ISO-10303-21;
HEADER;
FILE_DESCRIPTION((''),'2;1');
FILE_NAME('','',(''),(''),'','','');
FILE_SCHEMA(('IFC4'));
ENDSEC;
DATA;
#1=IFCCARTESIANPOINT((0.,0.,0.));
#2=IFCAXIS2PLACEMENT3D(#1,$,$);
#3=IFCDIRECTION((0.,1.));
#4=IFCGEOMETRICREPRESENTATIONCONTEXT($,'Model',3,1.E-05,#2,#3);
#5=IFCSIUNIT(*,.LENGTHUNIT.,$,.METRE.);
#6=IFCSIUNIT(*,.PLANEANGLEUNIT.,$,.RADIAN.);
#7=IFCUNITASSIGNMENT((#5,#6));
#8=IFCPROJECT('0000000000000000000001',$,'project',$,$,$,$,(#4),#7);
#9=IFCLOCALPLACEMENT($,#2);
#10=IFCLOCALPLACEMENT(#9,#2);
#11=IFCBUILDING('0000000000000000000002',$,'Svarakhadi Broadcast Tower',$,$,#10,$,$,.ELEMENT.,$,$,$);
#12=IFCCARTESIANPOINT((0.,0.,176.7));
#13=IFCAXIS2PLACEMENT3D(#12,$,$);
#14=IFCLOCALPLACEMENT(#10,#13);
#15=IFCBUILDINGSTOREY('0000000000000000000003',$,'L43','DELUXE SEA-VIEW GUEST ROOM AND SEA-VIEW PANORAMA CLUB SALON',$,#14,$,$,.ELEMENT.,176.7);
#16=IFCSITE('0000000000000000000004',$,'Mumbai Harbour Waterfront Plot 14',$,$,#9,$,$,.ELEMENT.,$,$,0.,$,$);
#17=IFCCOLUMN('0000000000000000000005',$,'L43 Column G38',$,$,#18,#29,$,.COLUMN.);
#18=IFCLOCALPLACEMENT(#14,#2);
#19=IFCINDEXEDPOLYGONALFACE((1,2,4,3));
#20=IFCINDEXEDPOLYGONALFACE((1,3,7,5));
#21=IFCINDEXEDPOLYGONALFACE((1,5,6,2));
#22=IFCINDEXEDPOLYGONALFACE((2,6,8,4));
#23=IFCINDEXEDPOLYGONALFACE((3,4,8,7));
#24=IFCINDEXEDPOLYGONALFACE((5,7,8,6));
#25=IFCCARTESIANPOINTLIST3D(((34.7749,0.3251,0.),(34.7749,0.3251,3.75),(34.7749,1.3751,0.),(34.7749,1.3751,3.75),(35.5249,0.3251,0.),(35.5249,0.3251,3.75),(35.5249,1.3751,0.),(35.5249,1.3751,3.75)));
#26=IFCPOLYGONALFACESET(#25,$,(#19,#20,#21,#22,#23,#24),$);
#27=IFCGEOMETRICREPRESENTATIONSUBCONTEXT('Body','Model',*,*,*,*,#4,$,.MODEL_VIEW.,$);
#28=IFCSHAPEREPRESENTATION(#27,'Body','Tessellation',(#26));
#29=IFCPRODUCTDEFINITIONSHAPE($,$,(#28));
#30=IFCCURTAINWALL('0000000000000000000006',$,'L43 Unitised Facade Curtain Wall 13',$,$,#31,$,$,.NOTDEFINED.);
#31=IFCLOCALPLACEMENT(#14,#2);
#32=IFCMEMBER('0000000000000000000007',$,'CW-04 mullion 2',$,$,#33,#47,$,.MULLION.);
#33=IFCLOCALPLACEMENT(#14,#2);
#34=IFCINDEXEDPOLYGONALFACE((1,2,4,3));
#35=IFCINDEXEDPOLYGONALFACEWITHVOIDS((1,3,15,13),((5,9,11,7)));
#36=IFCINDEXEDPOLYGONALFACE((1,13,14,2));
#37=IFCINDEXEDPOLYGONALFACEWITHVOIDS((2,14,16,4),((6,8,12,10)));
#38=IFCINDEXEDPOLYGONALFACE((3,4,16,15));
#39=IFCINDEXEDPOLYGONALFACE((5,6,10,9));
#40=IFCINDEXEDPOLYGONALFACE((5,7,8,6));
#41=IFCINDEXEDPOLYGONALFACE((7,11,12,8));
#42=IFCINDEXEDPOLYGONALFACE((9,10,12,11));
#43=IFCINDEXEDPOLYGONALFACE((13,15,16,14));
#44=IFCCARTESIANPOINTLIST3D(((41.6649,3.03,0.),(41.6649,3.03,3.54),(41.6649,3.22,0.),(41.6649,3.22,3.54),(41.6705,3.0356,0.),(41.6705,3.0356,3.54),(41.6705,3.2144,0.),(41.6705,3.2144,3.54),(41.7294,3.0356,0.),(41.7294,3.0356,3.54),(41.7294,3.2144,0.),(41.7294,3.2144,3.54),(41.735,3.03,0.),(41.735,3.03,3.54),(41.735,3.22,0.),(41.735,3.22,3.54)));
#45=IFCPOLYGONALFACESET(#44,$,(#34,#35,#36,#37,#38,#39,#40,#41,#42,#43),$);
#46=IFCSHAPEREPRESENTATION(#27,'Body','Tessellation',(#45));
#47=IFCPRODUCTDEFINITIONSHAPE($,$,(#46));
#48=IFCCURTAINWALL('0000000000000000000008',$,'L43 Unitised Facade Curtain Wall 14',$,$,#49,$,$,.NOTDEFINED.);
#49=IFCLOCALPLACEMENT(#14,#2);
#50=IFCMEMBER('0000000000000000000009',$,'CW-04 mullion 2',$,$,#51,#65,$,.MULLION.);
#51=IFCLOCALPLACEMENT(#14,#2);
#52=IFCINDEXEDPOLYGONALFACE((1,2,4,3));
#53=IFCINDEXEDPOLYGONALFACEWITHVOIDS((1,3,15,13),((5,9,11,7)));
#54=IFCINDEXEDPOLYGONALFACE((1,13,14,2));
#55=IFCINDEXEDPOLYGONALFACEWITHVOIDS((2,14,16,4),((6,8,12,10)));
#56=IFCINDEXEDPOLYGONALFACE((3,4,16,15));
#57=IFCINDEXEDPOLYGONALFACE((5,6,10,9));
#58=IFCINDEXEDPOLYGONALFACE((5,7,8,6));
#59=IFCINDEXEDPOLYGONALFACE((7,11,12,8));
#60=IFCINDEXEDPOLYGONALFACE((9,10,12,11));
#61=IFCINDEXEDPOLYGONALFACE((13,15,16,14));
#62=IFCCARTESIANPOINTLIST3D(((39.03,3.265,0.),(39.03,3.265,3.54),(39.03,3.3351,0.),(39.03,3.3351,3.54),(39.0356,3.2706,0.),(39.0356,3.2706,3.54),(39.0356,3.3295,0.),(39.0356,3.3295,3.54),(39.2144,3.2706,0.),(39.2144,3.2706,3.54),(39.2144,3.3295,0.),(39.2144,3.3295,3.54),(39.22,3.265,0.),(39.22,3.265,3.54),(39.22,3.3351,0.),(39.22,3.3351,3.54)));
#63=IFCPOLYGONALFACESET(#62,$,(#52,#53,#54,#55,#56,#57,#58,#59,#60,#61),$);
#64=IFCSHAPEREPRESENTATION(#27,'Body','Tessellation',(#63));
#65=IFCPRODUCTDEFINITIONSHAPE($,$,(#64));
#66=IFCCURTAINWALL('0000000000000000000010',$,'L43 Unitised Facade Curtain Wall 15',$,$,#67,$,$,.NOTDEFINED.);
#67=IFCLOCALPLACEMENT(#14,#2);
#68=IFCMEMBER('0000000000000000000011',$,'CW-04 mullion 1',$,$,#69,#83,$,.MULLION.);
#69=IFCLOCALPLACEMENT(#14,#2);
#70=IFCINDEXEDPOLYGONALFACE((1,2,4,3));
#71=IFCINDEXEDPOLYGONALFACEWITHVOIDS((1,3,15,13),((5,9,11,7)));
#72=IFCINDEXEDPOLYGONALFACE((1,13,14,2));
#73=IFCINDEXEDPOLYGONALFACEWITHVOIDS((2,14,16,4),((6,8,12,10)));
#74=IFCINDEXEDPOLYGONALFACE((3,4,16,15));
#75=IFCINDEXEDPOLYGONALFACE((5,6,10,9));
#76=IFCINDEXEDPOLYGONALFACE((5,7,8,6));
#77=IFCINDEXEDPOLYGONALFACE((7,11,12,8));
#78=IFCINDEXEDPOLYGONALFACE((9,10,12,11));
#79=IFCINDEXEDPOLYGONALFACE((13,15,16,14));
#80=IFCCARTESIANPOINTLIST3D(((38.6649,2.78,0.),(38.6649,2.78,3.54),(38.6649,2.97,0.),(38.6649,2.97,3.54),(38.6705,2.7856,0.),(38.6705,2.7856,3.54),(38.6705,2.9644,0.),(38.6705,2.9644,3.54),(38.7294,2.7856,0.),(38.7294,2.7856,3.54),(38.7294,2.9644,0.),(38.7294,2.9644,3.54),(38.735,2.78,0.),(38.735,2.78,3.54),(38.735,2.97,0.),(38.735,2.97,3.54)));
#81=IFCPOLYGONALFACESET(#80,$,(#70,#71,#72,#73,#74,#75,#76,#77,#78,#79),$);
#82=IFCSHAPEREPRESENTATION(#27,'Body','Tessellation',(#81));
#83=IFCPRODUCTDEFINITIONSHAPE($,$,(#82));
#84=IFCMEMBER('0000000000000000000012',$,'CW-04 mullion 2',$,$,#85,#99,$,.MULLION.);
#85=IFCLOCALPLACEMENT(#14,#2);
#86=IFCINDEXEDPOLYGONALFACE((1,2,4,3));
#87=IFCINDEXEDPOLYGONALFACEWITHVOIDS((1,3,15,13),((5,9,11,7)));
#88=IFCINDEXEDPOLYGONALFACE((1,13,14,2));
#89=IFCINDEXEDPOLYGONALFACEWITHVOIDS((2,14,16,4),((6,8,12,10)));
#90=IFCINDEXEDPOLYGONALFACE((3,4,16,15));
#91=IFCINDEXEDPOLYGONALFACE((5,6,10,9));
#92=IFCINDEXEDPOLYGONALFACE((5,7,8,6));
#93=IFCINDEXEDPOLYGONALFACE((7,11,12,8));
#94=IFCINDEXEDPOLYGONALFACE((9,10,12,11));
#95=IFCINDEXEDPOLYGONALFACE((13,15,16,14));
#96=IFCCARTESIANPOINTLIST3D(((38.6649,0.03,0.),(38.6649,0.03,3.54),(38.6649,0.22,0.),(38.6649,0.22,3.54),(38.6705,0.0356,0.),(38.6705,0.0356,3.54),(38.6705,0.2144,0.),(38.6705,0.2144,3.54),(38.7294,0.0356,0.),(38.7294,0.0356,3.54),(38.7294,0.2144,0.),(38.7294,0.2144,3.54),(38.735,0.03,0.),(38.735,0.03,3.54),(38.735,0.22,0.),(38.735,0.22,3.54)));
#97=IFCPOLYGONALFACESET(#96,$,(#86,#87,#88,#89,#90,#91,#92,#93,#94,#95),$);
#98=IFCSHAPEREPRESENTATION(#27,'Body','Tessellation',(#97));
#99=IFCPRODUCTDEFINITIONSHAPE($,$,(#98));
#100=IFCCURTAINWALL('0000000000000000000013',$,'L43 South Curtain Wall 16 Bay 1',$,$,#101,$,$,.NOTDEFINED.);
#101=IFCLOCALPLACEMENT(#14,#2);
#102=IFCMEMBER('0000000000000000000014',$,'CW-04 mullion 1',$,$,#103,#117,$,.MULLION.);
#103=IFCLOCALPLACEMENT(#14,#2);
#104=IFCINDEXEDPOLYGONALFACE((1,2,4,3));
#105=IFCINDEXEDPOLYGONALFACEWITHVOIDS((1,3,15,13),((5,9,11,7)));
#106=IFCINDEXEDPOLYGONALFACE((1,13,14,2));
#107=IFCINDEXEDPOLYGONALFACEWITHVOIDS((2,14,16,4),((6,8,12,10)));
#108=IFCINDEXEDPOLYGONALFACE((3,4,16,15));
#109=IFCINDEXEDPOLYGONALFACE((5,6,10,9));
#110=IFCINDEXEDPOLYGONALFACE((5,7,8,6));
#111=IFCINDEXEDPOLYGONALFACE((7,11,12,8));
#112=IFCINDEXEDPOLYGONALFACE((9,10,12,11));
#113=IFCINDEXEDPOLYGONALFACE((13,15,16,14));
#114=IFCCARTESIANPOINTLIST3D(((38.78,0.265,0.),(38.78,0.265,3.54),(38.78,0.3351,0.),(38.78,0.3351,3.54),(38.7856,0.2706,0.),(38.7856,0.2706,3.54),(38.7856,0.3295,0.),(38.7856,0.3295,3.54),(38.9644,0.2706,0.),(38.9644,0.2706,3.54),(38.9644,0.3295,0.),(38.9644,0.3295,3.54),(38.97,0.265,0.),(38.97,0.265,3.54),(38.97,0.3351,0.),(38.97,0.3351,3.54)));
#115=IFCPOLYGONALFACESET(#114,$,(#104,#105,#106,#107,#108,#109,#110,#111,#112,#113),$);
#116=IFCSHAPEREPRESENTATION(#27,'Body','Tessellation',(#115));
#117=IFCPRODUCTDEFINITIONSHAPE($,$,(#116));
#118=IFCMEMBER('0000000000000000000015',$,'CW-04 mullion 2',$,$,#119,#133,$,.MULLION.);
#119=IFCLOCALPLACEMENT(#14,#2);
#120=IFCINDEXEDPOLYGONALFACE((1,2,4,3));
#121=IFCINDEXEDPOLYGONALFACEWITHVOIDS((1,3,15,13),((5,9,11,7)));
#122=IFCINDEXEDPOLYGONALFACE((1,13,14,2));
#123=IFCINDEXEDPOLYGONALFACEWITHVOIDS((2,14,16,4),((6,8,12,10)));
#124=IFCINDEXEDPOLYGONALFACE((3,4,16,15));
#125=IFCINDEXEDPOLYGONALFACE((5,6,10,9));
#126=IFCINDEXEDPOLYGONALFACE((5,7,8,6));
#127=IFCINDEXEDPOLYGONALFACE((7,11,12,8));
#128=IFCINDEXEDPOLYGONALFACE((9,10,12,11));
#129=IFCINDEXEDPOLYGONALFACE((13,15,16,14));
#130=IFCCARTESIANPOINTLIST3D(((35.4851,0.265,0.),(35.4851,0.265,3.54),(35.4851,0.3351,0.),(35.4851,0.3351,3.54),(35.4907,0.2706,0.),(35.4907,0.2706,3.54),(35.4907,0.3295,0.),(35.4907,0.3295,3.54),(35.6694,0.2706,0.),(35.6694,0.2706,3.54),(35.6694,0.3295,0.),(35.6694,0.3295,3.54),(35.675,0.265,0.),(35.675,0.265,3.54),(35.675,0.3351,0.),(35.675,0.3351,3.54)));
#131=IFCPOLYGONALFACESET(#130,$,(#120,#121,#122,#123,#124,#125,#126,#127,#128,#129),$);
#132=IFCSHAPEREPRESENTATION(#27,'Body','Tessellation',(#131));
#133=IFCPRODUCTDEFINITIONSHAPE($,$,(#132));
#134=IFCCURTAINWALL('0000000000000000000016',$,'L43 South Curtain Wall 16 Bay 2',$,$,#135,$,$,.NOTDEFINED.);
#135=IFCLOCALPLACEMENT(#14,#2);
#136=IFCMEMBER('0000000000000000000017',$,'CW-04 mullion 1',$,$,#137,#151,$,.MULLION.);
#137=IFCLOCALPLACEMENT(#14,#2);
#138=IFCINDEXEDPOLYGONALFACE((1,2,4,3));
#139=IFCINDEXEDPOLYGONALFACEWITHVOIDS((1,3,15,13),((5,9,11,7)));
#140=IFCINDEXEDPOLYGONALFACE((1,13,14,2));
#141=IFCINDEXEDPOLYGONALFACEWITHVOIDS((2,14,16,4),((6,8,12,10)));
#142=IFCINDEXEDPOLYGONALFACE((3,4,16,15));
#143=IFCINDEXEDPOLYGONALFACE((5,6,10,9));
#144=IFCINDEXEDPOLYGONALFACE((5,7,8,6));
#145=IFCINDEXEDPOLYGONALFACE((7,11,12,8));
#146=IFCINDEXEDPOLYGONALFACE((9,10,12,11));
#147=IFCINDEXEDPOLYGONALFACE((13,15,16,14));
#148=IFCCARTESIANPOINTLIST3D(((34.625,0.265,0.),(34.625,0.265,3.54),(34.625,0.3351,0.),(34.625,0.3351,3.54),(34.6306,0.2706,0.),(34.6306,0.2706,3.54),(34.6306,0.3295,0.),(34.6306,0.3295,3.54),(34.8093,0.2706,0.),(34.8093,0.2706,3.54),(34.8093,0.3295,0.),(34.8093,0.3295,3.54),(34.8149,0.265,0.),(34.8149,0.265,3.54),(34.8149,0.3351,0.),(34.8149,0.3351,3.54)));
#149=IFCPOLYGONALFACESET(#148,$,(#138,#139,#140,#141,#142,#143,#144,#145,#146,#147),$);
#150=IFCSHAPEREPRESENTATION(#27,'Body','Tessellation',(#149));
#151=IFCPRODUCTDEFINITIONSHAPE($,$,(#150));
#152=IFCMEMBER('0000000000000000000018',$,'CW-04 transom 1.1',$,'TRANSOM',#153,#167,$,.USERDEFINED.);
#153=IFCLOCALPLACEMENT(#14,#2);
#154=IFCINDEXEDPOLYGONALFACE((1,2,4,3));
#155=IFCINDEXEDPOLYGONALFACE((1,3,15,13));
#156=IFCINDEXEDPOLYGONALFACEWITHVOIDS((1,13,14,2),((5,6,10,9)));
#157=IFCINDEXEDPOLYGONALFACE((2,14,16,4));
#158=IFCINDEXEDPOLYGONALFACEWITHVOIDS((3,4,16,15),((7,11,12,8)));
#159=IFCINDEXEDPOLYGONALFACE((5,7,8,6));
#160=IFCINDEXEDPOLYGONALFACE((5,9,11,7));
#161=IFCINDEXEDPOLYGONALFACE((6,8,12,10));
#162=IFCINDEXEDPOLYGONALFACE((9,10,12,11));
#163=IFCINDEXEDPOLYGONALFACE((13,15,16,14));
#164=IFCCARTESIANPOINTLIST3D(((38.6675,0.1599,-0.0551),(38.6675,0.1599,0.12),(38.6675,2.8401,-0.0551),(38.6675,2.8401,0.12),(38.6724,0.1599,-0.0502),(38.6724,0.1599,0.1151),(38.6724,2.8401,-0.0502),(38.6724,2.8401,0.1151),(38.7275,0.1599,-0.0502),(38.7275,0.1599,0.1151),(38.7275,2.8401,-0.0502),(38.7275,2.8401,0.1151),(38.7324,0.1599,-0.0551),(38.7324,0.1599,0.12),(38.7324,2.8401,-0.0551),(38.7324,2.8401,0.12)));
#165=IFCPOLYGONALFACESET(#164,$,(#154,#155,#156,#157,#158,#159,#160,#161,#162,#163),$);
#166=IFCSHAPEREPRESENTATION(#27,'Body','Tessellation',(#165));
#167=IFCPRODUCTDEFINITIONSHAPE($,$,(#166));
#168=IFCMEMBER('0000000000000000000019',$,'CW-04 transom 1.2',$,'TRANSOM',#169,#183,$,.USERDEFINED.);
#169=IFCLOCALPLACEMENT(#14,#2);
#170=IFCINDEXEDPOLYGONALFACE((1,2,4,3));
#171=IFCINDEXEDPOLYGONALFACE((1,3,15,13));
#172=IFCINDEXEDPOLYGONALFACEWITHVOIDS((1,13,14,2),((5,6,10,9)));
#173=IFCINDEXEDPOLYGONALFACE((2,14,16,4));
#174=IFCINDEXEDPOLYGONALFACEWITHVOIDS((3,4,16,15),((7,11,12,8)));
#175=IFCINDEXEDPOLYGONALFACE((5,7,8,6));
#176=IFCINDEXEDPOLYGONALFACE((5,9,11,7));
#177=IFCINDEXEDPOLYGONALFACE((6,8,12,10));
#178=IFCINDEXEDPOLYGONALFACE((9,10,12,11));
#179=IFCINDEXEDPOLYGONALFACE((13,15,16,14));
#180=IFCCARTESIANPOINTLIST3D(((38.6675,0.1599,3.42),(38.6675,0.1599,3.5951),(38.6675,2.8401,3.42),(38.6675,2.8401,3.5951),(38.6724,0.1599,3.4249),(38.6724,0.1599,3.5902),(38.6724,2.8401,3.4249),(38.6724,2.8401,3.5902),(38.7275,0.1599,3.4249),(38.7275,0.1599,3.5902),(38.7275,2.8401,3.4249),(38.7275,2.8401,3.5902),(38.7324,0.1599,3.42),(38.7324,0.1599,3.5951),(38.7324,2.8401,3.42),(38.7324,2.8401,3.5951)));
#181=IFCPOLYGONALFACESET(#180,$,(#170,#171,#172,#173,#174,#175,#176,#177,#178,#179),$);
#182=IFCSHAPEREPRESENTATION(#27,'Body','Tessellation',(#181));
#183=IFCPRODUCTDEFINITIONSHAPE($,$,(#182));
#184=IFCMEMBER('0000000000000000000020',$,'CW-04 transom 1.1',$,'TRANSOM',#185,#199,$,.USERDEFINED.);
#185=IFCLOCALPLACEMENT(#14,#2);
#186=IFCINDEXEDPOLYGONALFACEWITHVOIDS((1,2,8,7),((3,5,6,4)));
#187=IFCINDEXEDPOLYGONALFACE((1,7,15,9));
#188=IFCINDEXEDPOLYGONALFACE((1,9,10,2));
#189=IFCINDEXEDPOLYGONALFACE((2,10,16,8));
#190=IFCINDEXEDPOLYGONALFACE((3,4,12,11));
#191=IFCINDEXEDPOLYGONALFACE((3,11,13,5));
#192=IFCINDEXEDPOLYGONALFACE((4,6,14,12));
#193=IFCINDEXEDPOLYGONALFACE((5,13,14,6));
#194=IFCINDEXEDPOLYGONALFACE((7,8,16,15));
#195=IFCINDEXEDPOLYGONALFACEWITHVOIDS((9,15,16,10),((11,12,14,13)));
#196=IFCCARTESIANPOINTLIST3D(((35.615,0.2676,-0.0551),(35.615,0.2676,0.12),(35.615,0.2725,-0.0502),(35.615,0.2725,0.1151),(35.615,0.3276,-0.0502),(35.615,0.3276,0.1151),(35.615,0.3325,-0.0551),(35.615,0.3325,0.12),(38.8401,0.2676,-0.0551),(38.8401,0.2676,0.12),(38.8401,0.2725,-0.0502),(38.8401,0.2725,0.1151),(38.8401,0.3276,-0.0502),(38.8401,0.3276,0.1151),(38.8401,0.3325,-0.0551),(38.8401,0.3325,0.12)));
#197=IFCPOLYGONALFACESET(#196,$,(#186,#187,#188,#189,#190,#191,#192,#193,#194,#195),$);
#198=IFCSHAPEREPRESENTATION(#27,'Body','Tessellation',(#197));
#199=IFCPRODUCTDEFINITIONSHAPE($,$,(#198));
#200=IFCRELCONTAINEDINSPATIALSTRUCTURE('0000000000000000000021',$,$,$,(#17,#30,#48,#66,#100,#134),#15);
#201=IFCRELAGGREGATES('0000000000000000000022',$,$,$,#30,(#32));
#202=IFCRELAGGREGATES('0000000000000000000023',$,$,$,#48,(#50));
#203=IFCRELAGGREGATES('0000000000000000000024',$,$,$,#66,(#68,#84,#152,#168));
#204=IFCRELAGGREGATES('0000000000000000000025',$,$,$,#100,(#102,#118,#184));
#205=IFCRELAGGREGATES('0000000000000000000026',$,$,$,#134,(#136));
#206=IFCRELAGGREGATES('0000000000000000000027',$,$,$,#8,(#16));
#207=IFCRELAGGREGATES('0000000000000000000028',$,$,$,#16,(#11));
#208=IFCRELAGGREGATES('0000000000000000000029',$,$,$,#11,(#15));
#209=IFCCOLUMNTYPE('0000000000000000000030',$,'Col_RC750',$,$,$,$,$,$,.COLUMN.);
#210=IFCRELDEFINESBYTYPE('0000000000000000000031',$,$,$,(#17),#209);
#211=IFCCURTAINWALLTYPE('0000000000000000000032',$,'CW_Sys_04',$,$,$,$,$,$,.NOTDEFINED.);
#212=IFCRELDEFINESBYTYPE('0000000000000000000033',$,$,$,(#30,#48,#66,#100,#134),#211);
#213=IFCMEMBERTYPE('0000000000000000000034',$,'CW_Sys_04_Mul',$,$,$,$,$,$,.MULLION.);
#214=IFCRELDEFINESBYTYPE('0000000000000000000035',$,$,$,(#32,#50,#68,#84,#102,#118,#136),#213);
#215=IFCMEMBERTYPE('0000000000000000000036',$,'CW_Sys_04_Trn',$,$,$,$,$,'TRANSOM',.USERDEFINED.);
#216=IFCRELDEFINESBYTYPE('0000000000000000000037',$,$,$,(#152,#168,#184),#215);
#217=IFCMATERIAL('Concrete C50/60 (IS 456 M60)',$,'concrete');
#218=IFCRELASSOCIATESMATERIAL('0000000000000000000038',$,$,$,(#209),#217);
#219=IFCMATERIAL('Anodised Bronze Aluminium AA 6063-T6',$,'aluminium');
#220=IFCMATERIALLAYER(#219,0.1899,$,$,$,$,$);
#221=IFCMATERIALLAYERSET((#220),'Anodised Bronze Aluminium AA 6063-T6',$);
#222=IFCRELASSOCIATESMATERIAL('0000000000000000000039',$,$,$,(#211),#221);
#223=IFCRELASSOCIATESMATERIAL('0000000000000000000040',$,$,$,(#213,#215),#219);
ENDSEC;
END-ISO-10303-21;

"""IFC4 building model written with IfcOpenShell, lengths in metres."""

from ifc_helpers import new_model, si_unit, direction, frame, origin, origin_2d, place, context, subcontext, project, spatial, rectangle, hollow_rectangle, extrude, material, layer, layer_set, material_profile, profile_set, type_object, element, aggregate, save


model = new_model("IFC4")

# Units and contexts
model_context = context("Model", 3, precision=1e-05, world=origin(), true_north=direction((0.0, 1.0)))
body_context = subcontext(model_context, "Body", "Model", "MODEL_VIEW")
ifc_project = project(units=[si_unit("LENGTHUNIT", "METRE"), si_unit("PLANEANGLEUNIT", "RADIAN")], contexts=[model_context])

# Site, building, storey
site_placement = place(None, origin())
site = spatial("IfcSite", under=ifc_project, at=site_placement, Name="Mumbai Harbour Waterfront Plot 14", CompositionType="ELEMENT", RefElevation=0.0)
building_placement = place(site_placement, origin())
building = spatial("IfcBuilding", under=site, at=building_placement, Name="Svarakhadi Broadcast Tower", CompositionType="ELEMENT")
storey_placement = place(building_placement, frame((0.0, 0.0, 176.7)))
storey = spatial("IfcBuildingStorey", under=building, at=storey_placement, Name="L43", Description="DELUXE SEA-VIEW GUEST ROOM AND SEA-VIEW PANORAMA CLUB SALON", CompositionType="ELEMENT", Elevation=176.7)

# Column
ifc_material_1 = material(Name="Concrete C50/60 (IS 456 M60)", Category="concrete")
ifc_material_profile_1 = material_profile(ifc_material_1, rectangle(XDim=0.75, YDim=1.05, at=origin_2d()), Name="RC 750x1050")
ifc_profile_set_1 = profile_set([ifc_material_profile_1], Name="Concrete C50/60 (IS 456 M60)")
column_type = type_object("IfcColumnType", Name="Col_RC750", PredefinedType="COLUMN", material=ifc_profile_set_1)
column_placement = place(storey_placement, frame((35.1499, 0.8501, 0.0), z_axis=(0.0, 0.0, 1.0), x_axis=(1.0, 0.0, 0.0)))
element("IfcColumn", 1, at=column_placement, inside=storey, type_object=column_type, Name="L43 Column G38", PredefinedType="COLUMN", context=body_context, shape_type="SweptSolid", body=[
    extrude(rectangle(XDim=0.75, YDim=1.05, at=origin_2d()), origin(), (0.0, 0.0, 1.0), 3.75),
])

# Curtain walls, members
ifc_material_2 = material(Name="Anodised Bronze Aluminium AA 6063-T6", Category="aluminium")
ifc_layer_1 = layer(ifc_material_2, 0.1899)
ifc_layer_set_1 = layer_set([ifc_layer_1], Name="Anodised Bronze Aluminium AA 6063-T6")
curtain_wall_type = type_object("IfcCurtainWallType", Name="CW_Sys_04", PredefinedType="NOTDEFINED", material=ifc_layer_set_1)
curtain_wall_1_placement = place(storey_placement, origin())
curtain_wall_1 = element("IfcCurtainWall", 2, at=curtain_wall_1_placement, inside=storey, type_object=curtain_wall_type, Name="L43 Unitised Facade Curtain Wall 13", PredefinedType="NOTDEFINED")
ifc_material_profile_2 = material_profile(ifc_material_2, hollow_rectangle(XDim=0.0701, YDim=0.1899, WallThickness=0.0056, at=origin_2d()), Name="ALU MULLION 190x70x6")
ifc_profile_set_2 = profile_set([ifc_material_profile_2], Name="Anodised Bronze Aluminium AA 6063-T6")
member_type_1 = type_object("IfcMemberType", Name="CW_Sys_04_Mul", PredefinedType="MULLION", material=ifc_profile_set_2)
member_1_placement = place(storey_placement, frame((41.7, 3.125, 0.0), z_axis=(0.0, 0.0, 1.0), x_axis=(1.0, 0.0, 0.0)))
member_1 = element("IfcMember", 3, at=member_1_placement, type_object=member_type_1, Name="CW-04 mullion 2", PredefinedType="MULLION", context=body_context, shape_type="SweptSolid", body=[
    extrude(hollow_rectangle(XDim=0.0701, YDim=0.1899, WallThickness=0.0056, at=origin_2d()), origin(), (0.0, 0.0, 1.0), 3.54),
])
aggregate(curtain_wall_1, [member_1])
curtain_wall_2_placement = place(storey_placement, origin())
curtain_wall_2 = element("IfcCurtainWall", 4, at=curtain_wall_2_placement, inside=storey, type_object=curtain_wall_type, Name="L43 Unitised Facade Curtain Wall 14", PredefinedType="NOTDEFINED")
member_2_placement = place(storey_placement, frame((39.125, 3.3, 0.0), z_axis=(0.0, 0.0, 1.0), x_axis=(0.0, -1.0, 0.0)))
member_2 = element("IfcMember", 5, at=member_2_placement, type_object=member_type_1, Name="CW-04 mullion 2", PredefinedType="MULLION", context=body_context, shape_type="SweptSolid", body=[
    extrude(hollow_rectangle(XDim=0.0701, YDim=0.1899, WallThickness=0.0056, at=origin_2d()), origin(), (0.0, 0.0, 1.0), 3.54),
])
aggregate(curtain_wall_2, [member_2])

# Curtain walls, members
curtain_wall_3_placement = place(storey_placement, origin())
curtain_wall_3 = element("IfcCurtainWall", 6, at=curtain_wall_3_placement, inside=storey, type_object=curtain_wall_type, Name="L43 Unitised Facade Curtain Wall 15", PredefinedType="NOTDEFINED")
member_3_placement = place(storey_placement, frame((38.7, 2.875, 0.0), z_axis=(0.0, 0.0, 1.0), x_axis=(1.0, 0.0, 0.0)))
member_3 = element("IfcMember", 7, at=member_3_placement, type_object=member_type_1, Name="CW-04 mullion 1", PredefinedType="MULLION", context=body_context, shape_type="SweptSolid", body=[
    extrude(hollow_rectangle(XDim=0.0701, YDim=0.1899, WallThickness=0.0056, at=origin_2d()), origin(), (0.0, 0.0, 1.0), 3.54),
])
member_4_placement = place(storey_placement, frame((38.7, 0.125, 0.0), z_axis=(0.0, 0.0, 1.0), x_axis=(1.0, 0.0, 0.0)))
member_4 = element("IfcMember", 8, at=member_4_placement, type_object=member_type_1, Name="CW-04 mullion 2", PredefinedType="MULLION", context=body_context, shape_type="SweptSolid", body=[
    extrude(hollow_rectangle(XDim=0.0701, YDim=0.1899, WallThickness=0.0056, at=origin_2d()), origin(), (0.0, 0.0, 1.0), 3.54),
])
curtain_wall_4_placement = place(storey_placement, origin())
curtain_wall_4 = element("IfcCurtainWall", 9, at=curtain_wall_4_placement, inside=storey, type_object=curtain_wall_type, Name="L43 South Curtain Wall 16 Bay 1", PredefinedType="NOTDEFINED")
member_5_placement = place(storey_placement, frame((38.875, 0.3, 0.0), z_axis=(0.0, 0.0, 1.0), x_axis=(0.0, -1.0, 0.0)))
member_5 = element("IfcMember", 10, at=member_5_placement, type_object=member_type_1, Name="CW-04 mullion 1", PredefinedType="MULLION", context=body_context, shape_type="SweptSolid", body=[
    extrude(hollow_rectangle(XDim=0.0701, YDim=0.1899, WallThickness=0.0056, at=origin_2d()), origin(), (0.0, 0.0, 1.0), 3.54),
])
member_6_placement = place(storey_placement, frame((35.5801, 0.3, 0.0), z_axis=(0.0, 0.0, 1.0), x_axis=(0.0, -1.0, 0.0)))
member_6 = element("IfcMember", 11, at=member_6_placement, type_object=member_type_1, Name="CW-04 mullion 2", PredefinedType="MULLION", context=body_context, shape_type="SweptSolid", body=[
    extrude(hollow_rectangle(XDim=0.0701, YDim=0.1899, WallThickness=0.0056, at=origin_2d()), origin(), (0.0, 0.0, 1.0), 3.54),
])

# Curtain wall, member
curtain_wall_5_placement = place(storey_placement, origin())
curtain_wall_5 = element("IfcCurtainWall", 12, at=curtain_wall_5_placement, inside=storey, type_object=curtain_wall_type, Name="L43 South Curtain Wall 16 Bay 2", PredefinedType="NOTDEFINED")
member_7_placement = place(storey_placement, frame((34.72, 0.3, 0.0), z_axis=(0.0, 0.0, 1.0), x_axis=(0.0, -1.0, 0.0)))
member_7 = element("IfcMember", 13, at=member_7_placement, type_object=member_type_1, Name="CW-04 mullion 1", PredefinedType="MULLION", context=body_context, shape_type="SweptSolid", body=[
    extrude(hollow_rectangle(XDim=0.0701, YDim=0.1899, WallThickness=0.0056, at=origin_2d()), origin(), (0.0, 0.0, 1.0), 3.54),
])

# Members
ifc_material_profile_3 = material_profile(ifc_material_2, hollow_rectangle(XDim=0.0649, YDim=0.175, WallThickness=0.0049, at=origin_2d()), Name="ALU TRANSOM 175x65x5")
ifc_profile_set_3 = profile_set([ifc_material_profile_3], Name="Anodised Bronze Aluminium AA 6063-T6")
member_type_2 = type_object("IfcMemberType", Name="CW_Sys_04_Trn", ElementType="TRANSOM", PredefinedType="USERDEFINED", material=ifc_profile_set_3)
member_8_placement = place(storey_placement, frame((38.7, 2.8401, 0.0325), z_axis=(0.0, -1.0, 0.0), x_axis=(1.0, 0.0, 0.0)))
member_8 = element("IfcMember", 14, at=member_8_placement, type_object=member_type_2, Name="CW-04 transom 1.1", ObjectType="TRANSOM", PredefinedType="USERDEFINED", context=body_context, shape_type="SweptSolid", body=[
    extrude(hollow_rectangle(XDim=0.0649, YDim=0.175, WallThickness=0.0049, at=origin_2d()), origin(), (0.0, 0.0, 1.0), 2.6802),
])
member_9_placement = place(storey_placement, frame((38.7, 2.8401, 3.5076), z_axis=(0.0, -1.0, 0.0), x_axis=(1.0, 0.0, 0.0)))
member_9 = element("IfcMember", 15, at=member_9_placement, type_object=member_type_2, Name="CW-04 transom 1.2", ObjectType="TRANSOM", PredefinedType="USERDEFINED", context=body_context, shape_type="SweptSolid", body=[
    extrude(hollow_rectangle(XDim=0.0649, YDim=0.175, WallThickness=0.0049, at=origin_2d()), origin(), (0.0, 0.0, 1.0), 2.6802),
])
member_10_placement = place(storey_placement, frame((38.8401, 0.3, 0.0325), z_axis=(-1.0, 0.0, 0.0), x_axis=(0.0, -1.0, 0.0)))
member_10 = element("IfcMember", 16, at=member_10_placement, type_object=member_type_2, Name="CW-04 transom 1.1", ObjectType="TRANSOM", PredefinedType="USERDEFINED", context=body_context, shape_type="SweptSolid", body=[
    extrude(hollow_rectangle(XDim=0.0649, YDim=0.175, WallThickness=0.0049, at=origin_2d()), origin(), (0.0, 0.0, 1.0), 3.2251),
])

aggregate(curtain_wall_3, [member_3, member_4, member_8, member_9])
aggregate(curtain_wall_4, [member_5, member_6, member_10])
aggregate(curtain_wall_5, [member_7])

save(model, "model.ifc")
